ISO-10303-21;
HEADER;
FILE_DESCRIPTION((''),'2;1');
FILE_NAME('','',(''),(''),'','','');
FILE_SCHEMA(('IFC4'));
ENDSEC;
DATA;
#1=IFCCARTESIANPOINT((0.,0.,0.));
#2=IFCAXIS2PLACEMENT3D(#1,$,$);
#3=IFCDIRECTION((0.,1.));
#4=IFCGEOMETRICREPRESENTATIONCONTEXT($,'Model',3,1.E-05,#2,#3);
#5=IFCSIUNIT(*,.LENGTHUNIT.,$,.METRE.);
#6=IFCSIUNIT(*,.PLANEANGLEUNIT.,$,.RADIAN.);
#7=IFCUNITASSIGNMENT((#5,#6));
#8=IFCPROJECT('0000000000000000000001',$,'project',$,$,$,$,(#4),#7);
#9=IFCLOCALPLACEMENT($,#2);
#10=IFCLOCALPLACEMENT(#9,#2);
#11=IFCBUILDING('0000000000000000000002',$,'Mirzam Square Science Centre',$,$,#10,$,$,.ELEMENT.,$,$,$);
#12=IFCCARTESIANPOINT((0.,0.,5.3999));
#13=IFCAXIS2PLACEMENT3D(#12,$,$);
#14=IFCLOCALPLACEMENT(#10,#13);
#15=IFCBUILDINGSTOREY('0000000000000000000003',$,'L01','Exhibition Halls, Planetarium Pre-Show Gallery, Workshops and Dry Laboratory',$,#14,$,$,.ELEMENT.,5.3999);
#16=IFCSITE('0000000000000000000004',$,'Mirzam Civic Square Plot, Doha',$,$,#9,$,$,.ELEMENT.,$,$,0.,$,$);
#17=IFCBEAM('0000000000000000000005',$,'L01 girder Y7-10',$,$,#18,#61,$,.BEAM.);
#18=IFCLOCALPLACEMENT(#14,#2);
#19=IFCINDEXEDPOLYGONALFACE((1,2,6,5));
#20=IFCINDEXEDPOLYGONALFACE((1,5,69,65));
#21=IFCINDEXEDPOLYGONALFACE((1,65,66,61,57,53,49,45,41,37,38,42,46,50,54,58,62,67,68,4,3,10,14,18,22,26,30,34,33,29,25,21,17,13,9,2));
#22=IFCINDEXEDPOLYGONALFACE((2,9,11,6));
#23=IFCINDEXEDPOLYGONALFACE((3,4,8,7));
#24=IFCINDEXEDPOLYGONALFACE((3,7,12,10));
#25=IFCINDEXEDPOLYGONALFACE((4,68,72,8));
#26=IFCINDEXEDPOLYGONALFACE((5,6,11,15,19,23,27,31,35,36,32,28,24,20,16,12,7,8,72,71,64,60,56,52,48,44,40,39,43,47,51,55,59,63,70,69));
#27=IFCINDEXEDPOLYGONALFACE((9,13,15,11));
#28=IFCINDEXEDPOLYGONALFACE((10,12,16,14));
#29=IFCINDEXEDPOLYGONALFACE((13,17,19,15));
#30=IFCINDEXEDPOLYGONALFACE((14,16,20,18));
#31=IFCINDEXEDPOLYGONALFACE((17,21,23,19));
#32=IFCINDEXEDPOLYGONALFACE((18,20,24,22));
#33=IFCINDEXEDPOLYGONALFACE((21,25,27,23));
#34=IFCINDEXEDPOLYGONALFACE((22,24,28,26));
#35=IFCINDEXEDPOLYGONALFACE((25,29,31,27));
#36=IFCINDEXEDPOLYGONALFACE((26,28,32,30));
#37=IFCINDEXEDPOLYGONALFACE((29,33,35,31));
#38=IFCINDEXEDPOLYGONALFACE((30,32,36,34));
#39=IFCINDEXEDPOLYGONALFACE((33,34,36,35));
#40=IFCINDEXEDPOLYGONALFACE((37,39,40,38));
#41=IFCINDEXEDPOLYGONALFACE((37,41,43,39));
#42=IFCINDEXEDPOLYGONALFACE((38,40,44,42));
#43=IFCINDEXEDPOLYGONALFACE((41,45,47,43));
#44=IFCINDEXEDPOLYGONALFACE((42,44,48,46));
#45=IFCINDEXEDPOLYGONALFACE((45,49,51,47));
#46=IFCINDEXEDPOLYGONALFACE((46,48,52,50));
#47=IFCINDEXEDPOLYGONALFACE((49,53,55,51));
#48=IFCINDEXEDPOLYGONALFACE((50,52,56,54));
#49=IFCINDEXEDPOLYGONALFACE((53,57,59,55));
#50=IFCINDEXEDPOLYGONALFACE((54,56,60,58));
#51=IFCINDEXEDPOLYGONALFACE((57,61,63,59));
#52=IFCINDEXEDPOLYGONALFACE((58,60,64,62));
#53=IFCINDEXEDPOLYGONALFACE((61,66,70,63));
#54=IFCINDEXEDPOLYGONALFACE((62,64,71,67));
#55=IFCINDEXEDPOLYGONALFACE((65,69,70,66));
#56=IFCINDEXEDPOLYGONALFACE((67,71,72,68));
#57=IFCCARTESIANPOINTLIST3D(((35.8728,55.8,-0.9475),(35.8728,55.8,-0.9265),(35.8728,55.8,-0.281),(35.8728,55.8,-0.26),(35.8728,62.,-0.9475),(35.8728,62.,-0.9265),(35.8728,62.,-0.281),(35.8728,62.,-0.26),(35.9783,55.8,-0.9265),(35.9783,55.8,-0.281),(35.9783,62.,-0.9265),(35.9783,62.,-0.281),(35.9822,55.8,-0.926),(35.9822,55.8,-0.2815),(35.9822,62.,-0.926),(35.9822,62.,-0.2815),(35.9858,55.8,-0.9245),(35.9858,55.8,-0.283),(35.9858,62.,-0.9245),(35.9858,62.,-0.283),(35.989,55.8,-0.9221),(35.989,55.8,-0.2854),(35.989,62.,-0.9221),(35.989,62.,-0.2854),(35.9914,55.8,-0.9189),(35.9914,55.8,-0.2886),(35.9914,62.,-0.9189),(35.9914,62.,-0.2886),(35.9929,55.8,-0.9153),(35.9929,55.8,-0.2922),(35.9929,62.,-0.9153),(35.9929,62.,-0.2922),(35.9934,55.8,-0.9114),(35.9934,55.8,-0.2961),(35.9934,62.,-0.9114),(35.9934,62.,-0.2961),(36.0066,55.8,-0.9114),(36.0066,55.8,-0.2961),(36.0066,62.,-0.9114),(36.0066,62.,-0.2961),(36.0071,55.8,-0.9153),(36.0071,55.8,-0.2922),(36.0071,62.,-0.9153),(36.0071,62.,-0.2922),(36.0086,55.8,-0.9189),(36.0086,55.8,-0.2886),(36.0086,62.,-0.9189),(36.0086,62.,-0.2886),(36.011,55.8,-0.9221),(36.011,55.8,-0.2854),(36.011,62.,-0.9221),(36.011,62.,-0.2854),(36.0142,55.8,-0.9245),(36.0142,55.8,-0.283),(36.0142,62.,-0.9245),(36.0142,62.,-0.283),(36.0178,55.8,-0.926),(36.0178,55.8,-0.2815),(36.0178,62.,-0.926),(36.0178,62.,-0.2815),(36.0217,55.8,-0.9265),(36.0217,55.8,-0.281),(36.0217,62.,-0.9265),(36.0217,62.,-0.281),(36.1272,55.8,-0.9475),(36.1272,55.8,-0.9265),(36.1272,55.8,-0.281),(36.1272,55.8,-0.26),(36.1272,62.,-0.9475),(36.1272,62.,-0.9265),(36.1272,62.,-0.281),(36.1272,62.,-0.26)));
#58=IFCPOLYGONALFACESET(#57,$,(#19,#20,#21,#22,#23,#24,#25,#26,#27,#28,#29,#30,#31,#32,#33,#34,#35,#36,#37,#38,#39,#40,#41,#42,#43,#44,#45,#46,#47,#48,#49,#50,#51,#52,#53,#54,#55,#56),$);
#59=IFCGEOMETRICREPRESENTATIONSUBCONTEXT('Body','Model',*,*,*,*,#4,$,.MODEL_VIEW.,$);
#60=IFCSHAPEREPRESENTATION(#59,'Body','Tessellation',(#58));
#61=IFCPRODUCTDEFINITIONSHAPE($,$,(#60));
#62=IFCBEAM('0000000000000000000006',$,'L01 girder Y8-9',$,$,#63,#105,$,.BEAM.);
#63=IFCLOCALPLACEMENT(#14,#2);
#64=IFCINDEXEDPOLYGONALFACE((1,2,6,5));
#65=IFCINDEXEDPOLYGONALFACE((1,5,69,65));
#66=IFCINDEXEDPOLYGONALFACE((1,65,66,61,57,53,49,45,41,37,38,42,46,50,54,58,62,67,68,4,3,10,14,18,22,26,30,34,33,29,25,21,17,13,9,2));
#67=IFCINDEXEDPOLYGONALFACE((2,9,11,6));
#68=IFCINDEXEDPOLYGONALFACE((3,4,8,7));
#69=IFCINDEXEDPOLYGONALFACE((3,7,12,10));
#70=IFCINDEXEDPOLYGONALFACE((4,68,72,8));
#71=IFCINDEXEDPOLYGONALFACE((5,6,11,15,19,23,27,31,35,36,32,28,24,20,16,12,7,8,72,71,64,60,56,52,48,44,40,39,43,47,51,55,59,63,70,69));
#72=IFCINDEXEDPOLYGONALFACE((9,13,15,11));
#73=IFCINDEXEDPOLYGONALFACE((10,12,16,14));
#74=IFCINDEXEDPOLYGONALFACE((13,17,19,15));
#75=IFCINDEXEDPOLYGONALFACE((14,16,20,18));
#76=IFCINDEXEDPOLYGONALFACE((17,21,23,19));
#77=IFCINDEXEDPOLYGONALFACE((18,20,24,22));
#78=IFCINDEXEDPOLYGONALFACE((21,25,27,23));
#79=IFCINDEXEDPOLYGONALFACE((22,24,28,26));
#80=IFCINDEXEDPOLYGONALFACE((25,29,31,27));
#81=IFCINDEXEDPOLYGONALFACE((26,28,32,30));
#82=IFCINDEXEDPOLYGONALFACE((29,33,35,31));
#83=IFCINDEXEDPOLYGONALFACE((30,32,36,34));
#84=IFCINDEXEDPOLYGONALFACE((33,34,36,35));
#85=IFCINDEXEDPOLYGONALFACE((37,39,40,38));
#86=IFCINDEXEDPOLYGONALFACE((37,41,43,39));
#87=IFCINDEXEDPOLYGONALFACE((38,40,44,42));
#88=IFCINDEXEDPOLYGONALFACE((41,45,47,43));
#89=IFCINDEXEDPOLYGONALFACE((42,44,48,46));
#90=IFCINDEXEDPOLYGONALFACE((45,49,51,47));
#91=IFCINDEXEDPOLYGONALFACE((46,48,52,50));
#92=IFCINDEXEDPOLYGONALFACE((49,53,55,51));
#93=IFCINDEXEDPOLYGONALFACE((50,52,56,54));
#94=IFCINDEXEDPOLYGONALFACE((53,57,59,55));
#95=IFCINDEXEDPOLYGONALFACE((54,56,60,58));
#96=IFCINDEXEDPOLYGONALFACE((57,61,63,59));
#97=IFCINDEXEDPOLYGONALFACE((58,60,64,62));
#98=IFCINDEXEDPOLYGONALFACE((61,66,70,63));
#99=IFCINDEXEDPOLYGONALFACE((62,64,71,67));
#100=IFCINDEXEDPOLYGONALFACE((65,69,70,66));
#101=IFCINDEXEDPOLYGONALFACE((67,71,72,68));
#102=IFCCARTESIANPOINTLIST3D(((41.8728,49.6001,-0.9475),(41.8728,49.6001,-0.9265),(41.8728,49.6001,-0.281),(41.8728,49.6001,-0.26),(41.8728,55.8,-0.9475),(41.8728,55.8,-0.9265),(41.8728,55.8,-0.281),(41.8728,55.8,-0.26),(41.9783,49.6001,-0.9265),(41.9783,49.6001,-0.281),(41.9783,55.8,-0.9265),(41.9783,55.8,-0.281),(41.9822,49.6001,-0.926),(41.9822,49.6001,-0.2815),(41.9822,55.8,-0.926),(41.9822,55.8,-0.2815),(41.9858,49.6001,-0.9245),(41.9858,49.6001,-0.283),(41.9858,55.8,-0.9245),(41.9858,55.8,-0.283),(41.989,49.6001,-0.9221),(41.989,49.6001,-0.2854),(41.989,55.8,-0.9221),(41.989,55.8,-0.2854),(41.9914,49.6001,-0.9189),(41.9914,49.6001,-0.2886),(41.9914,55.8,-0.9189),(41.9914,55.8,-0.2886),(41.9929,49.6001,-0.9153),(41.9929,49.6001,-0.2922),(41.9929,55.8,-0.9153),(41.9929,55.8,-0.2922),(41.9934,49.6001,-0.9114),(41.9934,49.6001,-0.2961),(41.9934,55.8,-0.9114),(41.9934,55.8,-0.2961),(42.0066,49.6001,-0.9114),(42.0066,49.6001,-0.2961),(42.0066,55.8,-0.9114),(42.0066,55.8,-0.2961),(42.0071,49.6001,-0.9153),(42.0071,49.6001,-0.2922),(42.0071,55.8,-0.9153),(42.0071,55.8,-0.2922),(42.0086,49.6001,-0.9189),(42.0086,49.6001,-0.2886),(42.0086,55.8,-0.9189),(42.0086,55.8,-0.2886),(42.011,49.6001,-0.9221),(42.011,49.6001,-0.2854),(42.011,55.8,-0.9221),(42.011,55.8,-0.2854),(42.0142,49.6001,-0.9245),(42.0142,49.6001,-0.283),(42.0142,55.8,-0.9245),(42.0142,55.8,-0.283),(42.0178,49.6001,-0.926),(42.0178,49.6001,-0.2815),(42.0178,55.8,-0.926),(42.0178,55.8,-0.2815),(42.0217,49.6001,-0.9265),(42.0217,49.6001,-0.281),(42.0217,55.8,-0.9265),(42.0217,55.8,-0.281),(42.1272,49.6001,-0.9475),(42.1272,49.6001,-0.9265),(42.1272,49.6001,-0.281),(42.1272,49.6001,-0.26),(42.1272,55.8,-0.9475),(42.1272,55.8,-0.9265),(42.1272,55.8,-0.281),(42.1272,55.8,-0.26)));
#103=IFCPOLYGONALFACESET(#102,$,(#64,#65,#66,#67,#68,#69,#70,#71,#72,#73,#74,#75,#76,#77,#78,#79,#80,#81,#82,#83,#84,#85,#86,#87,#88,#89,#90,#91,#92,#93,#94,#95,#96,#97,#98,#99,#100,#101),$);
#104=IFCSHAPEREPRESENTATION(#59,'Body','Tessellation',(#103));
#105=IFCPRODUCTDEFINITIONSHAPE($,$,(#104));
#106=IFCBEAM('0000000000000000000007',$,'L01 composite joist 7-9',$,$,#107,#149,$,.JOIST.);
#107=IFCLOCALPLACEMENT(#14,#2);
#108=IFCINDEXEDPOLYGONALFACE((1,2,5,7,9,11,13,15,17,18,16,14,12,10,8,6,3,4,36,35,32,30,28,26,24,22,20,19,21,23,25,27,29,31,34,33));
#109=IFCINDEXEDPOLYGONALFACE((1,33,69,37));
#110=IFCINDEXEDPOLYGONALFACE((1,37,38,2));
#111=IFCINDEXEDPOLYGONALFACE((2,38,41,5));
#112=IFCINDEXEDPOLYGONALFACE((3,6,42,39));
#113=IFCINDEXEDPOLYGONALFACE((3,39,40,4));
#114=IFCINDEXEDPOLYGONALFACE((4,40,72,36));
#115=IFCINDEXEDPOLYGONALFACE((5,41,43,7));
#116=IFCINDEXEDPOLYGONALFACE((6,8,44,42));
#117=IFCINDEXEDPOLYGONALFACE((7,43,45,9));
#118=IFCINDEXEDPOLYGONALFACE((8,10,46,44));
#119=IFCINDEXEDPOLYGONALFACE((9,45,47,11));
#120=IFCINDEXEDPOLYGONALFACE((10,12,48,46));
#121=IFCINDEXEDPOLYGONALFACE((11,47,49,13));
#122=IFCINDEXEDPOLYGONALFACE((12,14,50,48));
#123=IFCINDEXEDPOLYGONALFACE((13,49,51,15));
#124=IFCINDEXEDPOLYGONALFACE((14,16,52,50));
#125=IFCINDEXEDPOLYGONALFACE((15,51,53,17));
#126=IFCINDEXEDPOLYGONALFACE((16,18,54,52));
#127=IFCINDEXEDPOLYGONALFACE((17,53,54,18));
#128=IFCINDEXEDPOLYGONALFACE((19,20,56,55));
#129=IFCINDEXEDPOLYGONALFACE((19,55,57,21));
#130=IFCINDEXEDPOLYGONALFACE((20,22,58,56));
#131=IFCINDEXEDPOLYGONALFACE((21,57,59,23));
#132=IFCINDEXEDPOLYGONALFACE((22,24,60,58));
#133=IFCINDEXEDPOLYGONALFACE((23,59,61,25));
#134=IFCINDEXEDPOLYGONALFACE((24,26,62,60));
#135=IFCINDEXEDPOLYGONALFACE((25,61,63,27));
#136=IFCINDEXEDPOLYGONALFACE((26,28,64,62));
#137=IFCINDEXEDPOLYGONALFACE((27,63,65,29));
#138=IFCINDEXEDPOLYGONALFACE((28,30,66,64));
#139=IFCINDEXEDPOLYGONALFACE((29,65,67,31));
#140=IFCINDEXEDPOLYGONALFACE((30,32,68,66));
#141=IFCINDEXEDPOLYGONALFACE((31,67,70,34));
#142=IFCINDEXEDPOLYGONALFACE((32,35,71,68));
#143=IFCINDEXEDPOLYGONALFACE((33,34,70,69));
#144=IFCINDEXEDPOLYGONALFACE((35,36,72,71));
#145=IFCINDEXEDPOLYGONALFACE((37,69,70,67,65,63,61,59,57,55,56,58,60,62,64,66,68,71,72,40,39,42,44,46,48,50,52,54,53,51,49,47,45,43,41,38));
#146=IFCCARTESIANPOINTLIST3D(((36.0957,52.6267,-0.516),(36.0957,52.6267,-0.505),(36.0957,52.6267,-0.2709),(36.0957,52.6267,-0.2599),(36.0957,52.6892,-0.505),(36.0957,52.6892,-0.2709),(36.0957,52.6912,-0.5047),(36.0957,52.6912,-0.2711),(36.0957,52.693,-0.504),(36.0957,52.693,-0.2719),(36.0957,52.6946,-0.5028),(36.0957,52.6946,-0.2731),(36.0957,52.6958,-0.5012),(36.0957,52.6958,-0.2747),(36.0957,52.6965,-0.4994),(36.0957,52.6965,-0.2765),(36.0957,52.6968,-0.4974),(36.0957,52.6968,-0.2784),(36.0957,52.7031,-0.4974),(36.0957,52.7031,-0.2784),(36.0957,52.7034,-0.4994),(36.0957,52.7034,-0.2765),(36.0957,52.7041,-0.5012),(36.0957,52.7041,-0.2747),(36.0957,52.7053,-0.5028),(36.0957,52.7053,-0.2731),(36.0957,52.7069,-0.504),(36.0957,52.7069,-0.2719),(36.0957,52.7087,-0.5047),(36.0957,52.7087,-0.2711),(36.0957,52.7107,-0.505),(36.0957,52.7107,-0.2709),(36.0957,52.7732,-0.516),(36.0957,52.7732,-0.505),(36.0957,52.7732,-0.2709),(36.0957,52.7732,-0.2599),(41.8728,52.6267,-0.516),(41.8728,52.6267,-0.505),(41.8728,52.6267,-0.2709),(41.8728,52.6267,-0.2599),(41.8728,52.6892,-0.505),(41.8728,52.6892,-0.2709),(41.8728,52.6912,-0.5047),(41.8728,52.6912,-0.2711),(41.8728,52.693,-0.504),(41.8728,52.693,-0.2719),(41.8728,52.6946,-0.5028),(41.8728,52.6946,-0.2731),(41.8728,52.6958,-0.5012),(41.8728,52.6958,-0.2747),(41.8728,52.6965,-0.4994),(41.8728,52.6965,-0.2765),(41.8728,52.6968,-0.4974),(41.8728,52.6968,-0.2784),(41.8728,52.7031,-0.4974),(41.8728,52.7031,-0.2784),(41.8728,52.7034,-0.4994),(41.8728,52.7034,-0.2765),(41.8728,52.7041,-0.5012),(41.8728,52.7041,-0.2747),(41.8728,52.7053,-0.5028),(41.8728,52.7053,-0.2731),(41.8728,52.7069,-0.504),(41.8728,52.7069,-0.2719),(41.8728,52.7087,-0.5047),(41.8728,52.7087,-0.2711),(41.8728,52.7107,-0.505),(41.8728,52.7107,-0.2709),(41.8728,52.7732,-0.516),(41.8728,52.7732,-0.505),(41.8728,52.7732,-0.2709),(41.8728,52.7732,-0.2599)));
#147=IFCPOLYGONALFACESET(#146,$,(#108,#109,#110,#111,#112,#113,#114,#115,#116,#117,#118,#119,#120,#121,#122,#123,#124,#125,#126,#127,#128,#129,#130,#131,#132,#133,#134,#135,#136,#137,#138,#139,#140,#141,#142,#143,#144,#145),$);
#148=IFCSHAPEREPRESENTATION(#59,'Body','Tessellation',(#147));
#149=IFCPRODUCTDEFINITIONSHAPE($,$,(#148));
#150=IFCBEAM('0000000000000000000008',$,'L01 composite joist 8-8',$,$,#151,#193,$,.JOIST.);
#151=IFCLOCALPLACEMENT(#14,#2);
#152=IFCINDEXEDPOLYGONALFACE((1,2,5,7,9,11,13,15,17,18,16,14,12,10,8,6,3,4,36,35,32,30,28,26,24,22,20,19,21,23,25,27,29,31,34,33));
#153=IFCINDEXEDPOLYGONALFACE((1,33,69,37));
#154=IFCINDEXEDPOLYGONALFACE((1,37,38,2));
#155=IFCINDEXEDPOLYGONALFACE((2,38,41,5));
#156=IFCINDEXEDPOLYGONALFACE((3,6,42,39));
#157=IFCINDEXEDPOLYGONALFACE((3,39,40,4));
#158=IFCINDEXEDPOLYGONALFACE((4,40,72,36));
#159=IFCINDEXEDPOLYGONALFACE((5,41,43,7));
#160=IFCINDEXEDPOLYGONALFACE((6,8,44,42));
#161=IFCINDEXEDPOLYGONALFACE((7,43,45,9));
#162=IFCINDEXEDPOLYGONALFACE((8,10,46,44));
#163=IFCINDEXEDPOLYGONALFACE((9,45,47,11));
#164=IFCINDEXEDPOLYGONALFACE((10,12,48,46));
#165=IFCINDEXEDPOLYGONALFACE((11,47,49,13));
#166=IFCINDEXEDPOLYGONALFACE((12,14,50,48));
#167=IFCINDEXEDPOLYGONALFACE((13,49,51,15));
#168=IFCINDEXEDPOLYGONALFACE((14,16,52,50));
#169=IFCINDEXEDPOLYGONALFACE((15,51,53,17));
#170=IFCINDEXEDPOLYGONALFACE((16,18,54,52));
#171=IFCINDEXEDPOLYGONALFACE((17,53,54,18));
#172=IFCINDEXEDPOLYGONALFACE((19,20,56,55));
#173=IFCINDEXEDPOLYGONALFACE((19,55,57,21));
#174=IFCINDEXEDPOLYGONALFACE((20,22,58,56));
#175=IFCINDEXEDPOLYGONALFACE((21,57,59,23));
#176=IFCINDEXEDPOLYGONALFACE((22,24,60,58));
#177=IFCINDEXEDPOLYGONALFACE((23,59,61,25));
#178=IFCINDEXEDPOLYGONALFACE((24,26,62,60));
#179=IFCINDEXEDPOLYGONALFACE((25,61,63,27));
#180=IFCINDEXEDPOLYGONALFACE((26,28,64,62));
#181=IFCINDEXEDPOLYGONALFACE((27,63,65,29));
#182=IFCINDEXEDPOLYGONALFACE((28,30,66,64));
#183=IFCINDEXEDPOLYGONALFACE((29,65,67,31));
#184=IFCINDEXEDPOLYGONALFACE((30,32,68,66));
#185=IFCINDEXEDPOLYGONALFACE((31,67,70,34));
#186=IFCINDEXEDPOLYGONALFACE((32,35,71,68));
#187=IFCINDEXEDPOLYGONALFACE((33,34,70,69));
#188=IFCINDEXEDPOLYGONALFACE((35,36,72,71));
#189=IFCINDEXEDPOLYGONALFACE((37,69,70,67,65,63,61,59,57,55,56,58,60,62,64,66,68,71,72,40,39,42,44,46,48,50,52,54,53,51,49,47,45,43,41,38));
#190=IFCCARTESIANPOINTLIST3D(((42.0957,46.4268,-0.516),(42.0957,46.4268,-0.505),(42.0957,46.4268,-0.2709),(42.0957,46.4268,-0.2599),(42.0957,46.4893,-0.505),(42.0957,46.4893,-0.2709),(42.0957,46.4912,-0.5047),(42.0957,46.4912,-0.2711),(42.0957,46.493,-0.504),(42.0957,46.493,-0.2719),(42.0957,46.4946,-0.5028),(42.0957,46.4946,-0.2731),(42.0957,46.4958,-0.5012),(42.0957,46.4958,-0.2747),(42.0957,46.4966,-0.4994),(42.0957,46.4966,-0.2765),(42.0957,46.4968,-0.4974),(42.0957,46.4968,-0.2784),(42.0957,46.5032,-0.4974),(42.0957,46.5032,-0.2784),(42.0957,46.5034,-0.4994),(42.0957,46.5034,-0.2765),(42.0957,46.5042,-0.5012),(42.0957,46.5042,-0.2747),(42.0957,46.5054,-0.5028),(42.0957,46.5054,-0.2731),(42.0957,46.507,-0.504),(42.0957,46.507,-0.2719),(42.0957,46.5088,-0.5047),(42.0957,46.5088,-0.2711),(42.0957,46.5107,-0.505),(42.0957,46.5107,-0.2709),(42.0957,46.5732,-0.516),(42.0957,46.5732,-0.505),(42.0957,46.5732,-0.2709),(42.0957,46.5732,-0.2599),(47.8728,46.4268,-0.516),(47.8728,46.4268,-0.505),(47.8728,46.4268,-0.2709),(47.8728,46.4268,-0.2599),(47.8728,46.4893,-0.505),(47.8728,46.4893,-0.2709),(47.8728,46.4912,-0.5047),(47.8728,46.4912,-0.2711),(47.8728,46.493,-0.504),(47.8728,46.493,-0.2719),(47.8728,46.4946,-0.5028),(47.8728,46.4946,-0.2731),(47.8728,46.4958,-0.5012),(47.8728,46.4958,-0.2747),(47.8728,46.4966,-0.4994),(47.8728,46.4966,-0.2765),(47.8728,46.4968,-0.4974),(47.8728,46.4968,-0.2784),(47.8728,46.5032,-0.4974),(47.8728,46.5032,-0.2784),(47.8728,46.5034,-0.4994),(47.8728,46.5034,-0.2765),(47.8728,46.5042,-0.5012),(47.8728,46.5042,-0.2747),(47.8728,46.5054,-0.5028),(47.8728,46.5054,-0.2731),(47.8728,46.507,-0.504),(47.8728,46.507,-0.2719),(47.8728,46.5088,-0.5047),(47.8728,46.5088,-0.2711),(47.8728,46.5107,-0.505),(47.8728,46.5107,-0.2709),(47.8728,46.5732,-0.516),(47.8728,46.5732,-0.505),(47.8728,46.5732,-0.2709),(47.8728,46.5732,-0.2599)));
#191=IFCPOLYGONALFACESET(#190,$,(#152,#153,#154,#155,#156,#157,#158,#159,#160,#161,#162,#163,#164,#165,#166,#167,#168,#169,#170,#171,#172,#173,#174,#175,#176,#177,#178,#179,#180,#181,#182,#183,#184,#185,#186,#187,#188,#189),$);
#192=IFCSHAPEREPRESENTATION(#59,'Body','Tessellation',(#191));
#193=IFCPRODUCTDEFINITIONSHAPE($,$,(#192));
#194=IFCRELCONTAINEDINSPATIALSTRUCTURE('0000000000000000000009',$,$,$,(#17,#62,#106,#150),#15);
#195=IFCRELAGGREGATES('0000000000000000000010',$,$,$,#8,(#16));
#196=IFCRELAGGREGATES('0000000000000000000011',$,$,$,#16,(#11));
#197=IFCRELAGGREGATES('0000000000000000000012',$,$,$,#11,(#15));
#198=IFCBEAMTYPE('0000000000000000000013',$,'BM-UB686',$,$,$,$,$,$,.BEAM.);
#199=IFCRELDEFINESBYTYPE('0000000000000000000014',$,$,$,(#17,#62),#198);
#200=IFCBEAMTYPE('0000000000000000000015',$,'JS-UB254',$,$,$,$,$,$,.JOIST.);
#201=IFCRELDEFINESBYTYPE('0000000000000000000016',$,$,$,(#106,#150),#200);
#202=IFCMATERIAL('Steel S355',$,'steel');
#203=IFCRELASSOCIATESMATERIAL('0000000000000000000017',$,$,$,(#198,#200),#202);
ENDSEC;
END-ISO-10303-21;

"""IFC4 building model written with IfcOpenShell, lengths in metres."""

from ifc_helpers import new_model, si_unit, direction, frame, origin, origin_2d, place, context, subcontext, project, spatial, i_section, extrude, material, material_profile, profile_set, type_object, element, save


model = new_model("IFC4")

# Units and contexts
model_context = context("Model", 3, precision=1e-05, world=origin(), true_north=direction((0.0, 1.0)))
body_context = subcontext(model_context, "Body", "Model", "MODEL_VIEW")
ifc_project = project(units=[si_unit("LENGTHUNIT", "METRE"), si_unit("PLANEANGLEUNIT", "RADIAN")], contexts=[model_context])

# Site, building, storey
site_placement = place(None, origin())
site = spatial("IfcSite", under=ifc_project, at=site_placement, Name="Mirzam Civic Square Plot, Doha", CompositionType="ELEMENT", RefElevation=0.0)
building_placement = place(site_placement, origin())
building = spatial("IfcBuilding", under=site, at=building_placement, Name="Mirzam Square Science Centre", CompositionType="ELEMENT")
storey_placement = place(building_placement, frame((0.0, 0.0, 5.3999)))
storey = spatial("IfcBuildingStorey", under=building, at=storey_placement, Name="L01", Description="Exhibition Halls, Planetarium Pre-Show Gallery, Workshops and Dry Laboratory", CompositionType="ELEMENT", Elevation=5.3999)

# Shared definitions
ifc_material_1 = material(Name="Steel S355", Category="steel")

# Beams
ifc_material_profile_1 = material_profile(ifc_material_1, i_section(OverallWidth=0.2544, OverallDepth=0.6875, WebThickness=0.0132, FlangeThickness=0.021, FilletRadius=0.0151, at=origin_2d()), Name="686x254x152UB")
ifc_profile_set_1 = profile_set([ifc_material_profile_1], Name="Steel S355")
beam_type_1 = type_object("IfcBeamType", Name="BM-UB686", PredefinedType="BEAM", material=ifc_profile_set_1)
for number, where, z_axis, x_axis, name in (
    (1, (36.0, 55.8, -0.6038), (0.0, 1.0, 0.0), (-1.0, 0.0, 0.0), "L01 girder Y7-10"),
    (2, (42.0, 49.6001, -0.6038), (0.0, 1.0, 0.0), (-1.0, 0.0, 0.0), "L01 girder Y8-9"),
):
    element("IfcBeam", number, at=place(storey_placement, frame(where, z_axis=z_axis, x_axis=x_axis)), inside=storey, type_object=beam_type_1, Name=name, PredefinedType="BEAM", context=body_context, shape_type="SweptSolid", body=[
        extrude(i_section(OverallWidth=0.2544, OverallDepth=0.6875, WebThickness=0.0132, FlangeThickness=0.021, FilletRadius=0.0151, at=origin_2d()), origin(), (0.0, 0.0, 1.0), 6.2),
    ])
ifc_material_profile_2 = material_profile(ifc_material_1, i_section(OverallWidth=0.1465, OverallDepth=0.2561, WebThickness=0.0063, FlangeThickness=0.011, FilletRadius=0.0076, at=origin_2d()), Name="254x146x37UB")
ifc_profile_set_2 = profile_set([ifc_material_profile_2], Name="Steel S355")
beam_type_2 = type_object("IfcBeamType", Name="JS-UB254", PredefinedType="JOIST", material=ifc_profile_set_2)
for number, where, z_axis, x_axis, name in (
    (3, (36.0957, 52.7, -0.3879), (1.0, 0.0, 0.0), (0.0, 1.0, 0.0), "L01 composite joist 7-9"),
    (4, (42.0957, 46.5, -0.3879), (1.0, 0.0, 0.0), (0.0, 1.0, 0.0), "L01 composite joist 8-8"),
):
    element("IfcBeam", number, at=place(storey_placement, frame(where, z_axis=z_axis, x_axis=x_axis)), inside=storey, type_object=beam_type_2, Name=name, PredefinedType="JOIST", context=body_context, shape_type="SweptSolid", body=[
        extrude(i_section(OverallWidth=0.1465, OverallDepth=0.2561, WebThickness=0.0063, FlangeThickness=0.011, FilletRadius=0.0076, at=origin_2d()), origin(), (0.0, 0.0, 1.0), 5.7771),
    ])

save(model, "model.ifc")
